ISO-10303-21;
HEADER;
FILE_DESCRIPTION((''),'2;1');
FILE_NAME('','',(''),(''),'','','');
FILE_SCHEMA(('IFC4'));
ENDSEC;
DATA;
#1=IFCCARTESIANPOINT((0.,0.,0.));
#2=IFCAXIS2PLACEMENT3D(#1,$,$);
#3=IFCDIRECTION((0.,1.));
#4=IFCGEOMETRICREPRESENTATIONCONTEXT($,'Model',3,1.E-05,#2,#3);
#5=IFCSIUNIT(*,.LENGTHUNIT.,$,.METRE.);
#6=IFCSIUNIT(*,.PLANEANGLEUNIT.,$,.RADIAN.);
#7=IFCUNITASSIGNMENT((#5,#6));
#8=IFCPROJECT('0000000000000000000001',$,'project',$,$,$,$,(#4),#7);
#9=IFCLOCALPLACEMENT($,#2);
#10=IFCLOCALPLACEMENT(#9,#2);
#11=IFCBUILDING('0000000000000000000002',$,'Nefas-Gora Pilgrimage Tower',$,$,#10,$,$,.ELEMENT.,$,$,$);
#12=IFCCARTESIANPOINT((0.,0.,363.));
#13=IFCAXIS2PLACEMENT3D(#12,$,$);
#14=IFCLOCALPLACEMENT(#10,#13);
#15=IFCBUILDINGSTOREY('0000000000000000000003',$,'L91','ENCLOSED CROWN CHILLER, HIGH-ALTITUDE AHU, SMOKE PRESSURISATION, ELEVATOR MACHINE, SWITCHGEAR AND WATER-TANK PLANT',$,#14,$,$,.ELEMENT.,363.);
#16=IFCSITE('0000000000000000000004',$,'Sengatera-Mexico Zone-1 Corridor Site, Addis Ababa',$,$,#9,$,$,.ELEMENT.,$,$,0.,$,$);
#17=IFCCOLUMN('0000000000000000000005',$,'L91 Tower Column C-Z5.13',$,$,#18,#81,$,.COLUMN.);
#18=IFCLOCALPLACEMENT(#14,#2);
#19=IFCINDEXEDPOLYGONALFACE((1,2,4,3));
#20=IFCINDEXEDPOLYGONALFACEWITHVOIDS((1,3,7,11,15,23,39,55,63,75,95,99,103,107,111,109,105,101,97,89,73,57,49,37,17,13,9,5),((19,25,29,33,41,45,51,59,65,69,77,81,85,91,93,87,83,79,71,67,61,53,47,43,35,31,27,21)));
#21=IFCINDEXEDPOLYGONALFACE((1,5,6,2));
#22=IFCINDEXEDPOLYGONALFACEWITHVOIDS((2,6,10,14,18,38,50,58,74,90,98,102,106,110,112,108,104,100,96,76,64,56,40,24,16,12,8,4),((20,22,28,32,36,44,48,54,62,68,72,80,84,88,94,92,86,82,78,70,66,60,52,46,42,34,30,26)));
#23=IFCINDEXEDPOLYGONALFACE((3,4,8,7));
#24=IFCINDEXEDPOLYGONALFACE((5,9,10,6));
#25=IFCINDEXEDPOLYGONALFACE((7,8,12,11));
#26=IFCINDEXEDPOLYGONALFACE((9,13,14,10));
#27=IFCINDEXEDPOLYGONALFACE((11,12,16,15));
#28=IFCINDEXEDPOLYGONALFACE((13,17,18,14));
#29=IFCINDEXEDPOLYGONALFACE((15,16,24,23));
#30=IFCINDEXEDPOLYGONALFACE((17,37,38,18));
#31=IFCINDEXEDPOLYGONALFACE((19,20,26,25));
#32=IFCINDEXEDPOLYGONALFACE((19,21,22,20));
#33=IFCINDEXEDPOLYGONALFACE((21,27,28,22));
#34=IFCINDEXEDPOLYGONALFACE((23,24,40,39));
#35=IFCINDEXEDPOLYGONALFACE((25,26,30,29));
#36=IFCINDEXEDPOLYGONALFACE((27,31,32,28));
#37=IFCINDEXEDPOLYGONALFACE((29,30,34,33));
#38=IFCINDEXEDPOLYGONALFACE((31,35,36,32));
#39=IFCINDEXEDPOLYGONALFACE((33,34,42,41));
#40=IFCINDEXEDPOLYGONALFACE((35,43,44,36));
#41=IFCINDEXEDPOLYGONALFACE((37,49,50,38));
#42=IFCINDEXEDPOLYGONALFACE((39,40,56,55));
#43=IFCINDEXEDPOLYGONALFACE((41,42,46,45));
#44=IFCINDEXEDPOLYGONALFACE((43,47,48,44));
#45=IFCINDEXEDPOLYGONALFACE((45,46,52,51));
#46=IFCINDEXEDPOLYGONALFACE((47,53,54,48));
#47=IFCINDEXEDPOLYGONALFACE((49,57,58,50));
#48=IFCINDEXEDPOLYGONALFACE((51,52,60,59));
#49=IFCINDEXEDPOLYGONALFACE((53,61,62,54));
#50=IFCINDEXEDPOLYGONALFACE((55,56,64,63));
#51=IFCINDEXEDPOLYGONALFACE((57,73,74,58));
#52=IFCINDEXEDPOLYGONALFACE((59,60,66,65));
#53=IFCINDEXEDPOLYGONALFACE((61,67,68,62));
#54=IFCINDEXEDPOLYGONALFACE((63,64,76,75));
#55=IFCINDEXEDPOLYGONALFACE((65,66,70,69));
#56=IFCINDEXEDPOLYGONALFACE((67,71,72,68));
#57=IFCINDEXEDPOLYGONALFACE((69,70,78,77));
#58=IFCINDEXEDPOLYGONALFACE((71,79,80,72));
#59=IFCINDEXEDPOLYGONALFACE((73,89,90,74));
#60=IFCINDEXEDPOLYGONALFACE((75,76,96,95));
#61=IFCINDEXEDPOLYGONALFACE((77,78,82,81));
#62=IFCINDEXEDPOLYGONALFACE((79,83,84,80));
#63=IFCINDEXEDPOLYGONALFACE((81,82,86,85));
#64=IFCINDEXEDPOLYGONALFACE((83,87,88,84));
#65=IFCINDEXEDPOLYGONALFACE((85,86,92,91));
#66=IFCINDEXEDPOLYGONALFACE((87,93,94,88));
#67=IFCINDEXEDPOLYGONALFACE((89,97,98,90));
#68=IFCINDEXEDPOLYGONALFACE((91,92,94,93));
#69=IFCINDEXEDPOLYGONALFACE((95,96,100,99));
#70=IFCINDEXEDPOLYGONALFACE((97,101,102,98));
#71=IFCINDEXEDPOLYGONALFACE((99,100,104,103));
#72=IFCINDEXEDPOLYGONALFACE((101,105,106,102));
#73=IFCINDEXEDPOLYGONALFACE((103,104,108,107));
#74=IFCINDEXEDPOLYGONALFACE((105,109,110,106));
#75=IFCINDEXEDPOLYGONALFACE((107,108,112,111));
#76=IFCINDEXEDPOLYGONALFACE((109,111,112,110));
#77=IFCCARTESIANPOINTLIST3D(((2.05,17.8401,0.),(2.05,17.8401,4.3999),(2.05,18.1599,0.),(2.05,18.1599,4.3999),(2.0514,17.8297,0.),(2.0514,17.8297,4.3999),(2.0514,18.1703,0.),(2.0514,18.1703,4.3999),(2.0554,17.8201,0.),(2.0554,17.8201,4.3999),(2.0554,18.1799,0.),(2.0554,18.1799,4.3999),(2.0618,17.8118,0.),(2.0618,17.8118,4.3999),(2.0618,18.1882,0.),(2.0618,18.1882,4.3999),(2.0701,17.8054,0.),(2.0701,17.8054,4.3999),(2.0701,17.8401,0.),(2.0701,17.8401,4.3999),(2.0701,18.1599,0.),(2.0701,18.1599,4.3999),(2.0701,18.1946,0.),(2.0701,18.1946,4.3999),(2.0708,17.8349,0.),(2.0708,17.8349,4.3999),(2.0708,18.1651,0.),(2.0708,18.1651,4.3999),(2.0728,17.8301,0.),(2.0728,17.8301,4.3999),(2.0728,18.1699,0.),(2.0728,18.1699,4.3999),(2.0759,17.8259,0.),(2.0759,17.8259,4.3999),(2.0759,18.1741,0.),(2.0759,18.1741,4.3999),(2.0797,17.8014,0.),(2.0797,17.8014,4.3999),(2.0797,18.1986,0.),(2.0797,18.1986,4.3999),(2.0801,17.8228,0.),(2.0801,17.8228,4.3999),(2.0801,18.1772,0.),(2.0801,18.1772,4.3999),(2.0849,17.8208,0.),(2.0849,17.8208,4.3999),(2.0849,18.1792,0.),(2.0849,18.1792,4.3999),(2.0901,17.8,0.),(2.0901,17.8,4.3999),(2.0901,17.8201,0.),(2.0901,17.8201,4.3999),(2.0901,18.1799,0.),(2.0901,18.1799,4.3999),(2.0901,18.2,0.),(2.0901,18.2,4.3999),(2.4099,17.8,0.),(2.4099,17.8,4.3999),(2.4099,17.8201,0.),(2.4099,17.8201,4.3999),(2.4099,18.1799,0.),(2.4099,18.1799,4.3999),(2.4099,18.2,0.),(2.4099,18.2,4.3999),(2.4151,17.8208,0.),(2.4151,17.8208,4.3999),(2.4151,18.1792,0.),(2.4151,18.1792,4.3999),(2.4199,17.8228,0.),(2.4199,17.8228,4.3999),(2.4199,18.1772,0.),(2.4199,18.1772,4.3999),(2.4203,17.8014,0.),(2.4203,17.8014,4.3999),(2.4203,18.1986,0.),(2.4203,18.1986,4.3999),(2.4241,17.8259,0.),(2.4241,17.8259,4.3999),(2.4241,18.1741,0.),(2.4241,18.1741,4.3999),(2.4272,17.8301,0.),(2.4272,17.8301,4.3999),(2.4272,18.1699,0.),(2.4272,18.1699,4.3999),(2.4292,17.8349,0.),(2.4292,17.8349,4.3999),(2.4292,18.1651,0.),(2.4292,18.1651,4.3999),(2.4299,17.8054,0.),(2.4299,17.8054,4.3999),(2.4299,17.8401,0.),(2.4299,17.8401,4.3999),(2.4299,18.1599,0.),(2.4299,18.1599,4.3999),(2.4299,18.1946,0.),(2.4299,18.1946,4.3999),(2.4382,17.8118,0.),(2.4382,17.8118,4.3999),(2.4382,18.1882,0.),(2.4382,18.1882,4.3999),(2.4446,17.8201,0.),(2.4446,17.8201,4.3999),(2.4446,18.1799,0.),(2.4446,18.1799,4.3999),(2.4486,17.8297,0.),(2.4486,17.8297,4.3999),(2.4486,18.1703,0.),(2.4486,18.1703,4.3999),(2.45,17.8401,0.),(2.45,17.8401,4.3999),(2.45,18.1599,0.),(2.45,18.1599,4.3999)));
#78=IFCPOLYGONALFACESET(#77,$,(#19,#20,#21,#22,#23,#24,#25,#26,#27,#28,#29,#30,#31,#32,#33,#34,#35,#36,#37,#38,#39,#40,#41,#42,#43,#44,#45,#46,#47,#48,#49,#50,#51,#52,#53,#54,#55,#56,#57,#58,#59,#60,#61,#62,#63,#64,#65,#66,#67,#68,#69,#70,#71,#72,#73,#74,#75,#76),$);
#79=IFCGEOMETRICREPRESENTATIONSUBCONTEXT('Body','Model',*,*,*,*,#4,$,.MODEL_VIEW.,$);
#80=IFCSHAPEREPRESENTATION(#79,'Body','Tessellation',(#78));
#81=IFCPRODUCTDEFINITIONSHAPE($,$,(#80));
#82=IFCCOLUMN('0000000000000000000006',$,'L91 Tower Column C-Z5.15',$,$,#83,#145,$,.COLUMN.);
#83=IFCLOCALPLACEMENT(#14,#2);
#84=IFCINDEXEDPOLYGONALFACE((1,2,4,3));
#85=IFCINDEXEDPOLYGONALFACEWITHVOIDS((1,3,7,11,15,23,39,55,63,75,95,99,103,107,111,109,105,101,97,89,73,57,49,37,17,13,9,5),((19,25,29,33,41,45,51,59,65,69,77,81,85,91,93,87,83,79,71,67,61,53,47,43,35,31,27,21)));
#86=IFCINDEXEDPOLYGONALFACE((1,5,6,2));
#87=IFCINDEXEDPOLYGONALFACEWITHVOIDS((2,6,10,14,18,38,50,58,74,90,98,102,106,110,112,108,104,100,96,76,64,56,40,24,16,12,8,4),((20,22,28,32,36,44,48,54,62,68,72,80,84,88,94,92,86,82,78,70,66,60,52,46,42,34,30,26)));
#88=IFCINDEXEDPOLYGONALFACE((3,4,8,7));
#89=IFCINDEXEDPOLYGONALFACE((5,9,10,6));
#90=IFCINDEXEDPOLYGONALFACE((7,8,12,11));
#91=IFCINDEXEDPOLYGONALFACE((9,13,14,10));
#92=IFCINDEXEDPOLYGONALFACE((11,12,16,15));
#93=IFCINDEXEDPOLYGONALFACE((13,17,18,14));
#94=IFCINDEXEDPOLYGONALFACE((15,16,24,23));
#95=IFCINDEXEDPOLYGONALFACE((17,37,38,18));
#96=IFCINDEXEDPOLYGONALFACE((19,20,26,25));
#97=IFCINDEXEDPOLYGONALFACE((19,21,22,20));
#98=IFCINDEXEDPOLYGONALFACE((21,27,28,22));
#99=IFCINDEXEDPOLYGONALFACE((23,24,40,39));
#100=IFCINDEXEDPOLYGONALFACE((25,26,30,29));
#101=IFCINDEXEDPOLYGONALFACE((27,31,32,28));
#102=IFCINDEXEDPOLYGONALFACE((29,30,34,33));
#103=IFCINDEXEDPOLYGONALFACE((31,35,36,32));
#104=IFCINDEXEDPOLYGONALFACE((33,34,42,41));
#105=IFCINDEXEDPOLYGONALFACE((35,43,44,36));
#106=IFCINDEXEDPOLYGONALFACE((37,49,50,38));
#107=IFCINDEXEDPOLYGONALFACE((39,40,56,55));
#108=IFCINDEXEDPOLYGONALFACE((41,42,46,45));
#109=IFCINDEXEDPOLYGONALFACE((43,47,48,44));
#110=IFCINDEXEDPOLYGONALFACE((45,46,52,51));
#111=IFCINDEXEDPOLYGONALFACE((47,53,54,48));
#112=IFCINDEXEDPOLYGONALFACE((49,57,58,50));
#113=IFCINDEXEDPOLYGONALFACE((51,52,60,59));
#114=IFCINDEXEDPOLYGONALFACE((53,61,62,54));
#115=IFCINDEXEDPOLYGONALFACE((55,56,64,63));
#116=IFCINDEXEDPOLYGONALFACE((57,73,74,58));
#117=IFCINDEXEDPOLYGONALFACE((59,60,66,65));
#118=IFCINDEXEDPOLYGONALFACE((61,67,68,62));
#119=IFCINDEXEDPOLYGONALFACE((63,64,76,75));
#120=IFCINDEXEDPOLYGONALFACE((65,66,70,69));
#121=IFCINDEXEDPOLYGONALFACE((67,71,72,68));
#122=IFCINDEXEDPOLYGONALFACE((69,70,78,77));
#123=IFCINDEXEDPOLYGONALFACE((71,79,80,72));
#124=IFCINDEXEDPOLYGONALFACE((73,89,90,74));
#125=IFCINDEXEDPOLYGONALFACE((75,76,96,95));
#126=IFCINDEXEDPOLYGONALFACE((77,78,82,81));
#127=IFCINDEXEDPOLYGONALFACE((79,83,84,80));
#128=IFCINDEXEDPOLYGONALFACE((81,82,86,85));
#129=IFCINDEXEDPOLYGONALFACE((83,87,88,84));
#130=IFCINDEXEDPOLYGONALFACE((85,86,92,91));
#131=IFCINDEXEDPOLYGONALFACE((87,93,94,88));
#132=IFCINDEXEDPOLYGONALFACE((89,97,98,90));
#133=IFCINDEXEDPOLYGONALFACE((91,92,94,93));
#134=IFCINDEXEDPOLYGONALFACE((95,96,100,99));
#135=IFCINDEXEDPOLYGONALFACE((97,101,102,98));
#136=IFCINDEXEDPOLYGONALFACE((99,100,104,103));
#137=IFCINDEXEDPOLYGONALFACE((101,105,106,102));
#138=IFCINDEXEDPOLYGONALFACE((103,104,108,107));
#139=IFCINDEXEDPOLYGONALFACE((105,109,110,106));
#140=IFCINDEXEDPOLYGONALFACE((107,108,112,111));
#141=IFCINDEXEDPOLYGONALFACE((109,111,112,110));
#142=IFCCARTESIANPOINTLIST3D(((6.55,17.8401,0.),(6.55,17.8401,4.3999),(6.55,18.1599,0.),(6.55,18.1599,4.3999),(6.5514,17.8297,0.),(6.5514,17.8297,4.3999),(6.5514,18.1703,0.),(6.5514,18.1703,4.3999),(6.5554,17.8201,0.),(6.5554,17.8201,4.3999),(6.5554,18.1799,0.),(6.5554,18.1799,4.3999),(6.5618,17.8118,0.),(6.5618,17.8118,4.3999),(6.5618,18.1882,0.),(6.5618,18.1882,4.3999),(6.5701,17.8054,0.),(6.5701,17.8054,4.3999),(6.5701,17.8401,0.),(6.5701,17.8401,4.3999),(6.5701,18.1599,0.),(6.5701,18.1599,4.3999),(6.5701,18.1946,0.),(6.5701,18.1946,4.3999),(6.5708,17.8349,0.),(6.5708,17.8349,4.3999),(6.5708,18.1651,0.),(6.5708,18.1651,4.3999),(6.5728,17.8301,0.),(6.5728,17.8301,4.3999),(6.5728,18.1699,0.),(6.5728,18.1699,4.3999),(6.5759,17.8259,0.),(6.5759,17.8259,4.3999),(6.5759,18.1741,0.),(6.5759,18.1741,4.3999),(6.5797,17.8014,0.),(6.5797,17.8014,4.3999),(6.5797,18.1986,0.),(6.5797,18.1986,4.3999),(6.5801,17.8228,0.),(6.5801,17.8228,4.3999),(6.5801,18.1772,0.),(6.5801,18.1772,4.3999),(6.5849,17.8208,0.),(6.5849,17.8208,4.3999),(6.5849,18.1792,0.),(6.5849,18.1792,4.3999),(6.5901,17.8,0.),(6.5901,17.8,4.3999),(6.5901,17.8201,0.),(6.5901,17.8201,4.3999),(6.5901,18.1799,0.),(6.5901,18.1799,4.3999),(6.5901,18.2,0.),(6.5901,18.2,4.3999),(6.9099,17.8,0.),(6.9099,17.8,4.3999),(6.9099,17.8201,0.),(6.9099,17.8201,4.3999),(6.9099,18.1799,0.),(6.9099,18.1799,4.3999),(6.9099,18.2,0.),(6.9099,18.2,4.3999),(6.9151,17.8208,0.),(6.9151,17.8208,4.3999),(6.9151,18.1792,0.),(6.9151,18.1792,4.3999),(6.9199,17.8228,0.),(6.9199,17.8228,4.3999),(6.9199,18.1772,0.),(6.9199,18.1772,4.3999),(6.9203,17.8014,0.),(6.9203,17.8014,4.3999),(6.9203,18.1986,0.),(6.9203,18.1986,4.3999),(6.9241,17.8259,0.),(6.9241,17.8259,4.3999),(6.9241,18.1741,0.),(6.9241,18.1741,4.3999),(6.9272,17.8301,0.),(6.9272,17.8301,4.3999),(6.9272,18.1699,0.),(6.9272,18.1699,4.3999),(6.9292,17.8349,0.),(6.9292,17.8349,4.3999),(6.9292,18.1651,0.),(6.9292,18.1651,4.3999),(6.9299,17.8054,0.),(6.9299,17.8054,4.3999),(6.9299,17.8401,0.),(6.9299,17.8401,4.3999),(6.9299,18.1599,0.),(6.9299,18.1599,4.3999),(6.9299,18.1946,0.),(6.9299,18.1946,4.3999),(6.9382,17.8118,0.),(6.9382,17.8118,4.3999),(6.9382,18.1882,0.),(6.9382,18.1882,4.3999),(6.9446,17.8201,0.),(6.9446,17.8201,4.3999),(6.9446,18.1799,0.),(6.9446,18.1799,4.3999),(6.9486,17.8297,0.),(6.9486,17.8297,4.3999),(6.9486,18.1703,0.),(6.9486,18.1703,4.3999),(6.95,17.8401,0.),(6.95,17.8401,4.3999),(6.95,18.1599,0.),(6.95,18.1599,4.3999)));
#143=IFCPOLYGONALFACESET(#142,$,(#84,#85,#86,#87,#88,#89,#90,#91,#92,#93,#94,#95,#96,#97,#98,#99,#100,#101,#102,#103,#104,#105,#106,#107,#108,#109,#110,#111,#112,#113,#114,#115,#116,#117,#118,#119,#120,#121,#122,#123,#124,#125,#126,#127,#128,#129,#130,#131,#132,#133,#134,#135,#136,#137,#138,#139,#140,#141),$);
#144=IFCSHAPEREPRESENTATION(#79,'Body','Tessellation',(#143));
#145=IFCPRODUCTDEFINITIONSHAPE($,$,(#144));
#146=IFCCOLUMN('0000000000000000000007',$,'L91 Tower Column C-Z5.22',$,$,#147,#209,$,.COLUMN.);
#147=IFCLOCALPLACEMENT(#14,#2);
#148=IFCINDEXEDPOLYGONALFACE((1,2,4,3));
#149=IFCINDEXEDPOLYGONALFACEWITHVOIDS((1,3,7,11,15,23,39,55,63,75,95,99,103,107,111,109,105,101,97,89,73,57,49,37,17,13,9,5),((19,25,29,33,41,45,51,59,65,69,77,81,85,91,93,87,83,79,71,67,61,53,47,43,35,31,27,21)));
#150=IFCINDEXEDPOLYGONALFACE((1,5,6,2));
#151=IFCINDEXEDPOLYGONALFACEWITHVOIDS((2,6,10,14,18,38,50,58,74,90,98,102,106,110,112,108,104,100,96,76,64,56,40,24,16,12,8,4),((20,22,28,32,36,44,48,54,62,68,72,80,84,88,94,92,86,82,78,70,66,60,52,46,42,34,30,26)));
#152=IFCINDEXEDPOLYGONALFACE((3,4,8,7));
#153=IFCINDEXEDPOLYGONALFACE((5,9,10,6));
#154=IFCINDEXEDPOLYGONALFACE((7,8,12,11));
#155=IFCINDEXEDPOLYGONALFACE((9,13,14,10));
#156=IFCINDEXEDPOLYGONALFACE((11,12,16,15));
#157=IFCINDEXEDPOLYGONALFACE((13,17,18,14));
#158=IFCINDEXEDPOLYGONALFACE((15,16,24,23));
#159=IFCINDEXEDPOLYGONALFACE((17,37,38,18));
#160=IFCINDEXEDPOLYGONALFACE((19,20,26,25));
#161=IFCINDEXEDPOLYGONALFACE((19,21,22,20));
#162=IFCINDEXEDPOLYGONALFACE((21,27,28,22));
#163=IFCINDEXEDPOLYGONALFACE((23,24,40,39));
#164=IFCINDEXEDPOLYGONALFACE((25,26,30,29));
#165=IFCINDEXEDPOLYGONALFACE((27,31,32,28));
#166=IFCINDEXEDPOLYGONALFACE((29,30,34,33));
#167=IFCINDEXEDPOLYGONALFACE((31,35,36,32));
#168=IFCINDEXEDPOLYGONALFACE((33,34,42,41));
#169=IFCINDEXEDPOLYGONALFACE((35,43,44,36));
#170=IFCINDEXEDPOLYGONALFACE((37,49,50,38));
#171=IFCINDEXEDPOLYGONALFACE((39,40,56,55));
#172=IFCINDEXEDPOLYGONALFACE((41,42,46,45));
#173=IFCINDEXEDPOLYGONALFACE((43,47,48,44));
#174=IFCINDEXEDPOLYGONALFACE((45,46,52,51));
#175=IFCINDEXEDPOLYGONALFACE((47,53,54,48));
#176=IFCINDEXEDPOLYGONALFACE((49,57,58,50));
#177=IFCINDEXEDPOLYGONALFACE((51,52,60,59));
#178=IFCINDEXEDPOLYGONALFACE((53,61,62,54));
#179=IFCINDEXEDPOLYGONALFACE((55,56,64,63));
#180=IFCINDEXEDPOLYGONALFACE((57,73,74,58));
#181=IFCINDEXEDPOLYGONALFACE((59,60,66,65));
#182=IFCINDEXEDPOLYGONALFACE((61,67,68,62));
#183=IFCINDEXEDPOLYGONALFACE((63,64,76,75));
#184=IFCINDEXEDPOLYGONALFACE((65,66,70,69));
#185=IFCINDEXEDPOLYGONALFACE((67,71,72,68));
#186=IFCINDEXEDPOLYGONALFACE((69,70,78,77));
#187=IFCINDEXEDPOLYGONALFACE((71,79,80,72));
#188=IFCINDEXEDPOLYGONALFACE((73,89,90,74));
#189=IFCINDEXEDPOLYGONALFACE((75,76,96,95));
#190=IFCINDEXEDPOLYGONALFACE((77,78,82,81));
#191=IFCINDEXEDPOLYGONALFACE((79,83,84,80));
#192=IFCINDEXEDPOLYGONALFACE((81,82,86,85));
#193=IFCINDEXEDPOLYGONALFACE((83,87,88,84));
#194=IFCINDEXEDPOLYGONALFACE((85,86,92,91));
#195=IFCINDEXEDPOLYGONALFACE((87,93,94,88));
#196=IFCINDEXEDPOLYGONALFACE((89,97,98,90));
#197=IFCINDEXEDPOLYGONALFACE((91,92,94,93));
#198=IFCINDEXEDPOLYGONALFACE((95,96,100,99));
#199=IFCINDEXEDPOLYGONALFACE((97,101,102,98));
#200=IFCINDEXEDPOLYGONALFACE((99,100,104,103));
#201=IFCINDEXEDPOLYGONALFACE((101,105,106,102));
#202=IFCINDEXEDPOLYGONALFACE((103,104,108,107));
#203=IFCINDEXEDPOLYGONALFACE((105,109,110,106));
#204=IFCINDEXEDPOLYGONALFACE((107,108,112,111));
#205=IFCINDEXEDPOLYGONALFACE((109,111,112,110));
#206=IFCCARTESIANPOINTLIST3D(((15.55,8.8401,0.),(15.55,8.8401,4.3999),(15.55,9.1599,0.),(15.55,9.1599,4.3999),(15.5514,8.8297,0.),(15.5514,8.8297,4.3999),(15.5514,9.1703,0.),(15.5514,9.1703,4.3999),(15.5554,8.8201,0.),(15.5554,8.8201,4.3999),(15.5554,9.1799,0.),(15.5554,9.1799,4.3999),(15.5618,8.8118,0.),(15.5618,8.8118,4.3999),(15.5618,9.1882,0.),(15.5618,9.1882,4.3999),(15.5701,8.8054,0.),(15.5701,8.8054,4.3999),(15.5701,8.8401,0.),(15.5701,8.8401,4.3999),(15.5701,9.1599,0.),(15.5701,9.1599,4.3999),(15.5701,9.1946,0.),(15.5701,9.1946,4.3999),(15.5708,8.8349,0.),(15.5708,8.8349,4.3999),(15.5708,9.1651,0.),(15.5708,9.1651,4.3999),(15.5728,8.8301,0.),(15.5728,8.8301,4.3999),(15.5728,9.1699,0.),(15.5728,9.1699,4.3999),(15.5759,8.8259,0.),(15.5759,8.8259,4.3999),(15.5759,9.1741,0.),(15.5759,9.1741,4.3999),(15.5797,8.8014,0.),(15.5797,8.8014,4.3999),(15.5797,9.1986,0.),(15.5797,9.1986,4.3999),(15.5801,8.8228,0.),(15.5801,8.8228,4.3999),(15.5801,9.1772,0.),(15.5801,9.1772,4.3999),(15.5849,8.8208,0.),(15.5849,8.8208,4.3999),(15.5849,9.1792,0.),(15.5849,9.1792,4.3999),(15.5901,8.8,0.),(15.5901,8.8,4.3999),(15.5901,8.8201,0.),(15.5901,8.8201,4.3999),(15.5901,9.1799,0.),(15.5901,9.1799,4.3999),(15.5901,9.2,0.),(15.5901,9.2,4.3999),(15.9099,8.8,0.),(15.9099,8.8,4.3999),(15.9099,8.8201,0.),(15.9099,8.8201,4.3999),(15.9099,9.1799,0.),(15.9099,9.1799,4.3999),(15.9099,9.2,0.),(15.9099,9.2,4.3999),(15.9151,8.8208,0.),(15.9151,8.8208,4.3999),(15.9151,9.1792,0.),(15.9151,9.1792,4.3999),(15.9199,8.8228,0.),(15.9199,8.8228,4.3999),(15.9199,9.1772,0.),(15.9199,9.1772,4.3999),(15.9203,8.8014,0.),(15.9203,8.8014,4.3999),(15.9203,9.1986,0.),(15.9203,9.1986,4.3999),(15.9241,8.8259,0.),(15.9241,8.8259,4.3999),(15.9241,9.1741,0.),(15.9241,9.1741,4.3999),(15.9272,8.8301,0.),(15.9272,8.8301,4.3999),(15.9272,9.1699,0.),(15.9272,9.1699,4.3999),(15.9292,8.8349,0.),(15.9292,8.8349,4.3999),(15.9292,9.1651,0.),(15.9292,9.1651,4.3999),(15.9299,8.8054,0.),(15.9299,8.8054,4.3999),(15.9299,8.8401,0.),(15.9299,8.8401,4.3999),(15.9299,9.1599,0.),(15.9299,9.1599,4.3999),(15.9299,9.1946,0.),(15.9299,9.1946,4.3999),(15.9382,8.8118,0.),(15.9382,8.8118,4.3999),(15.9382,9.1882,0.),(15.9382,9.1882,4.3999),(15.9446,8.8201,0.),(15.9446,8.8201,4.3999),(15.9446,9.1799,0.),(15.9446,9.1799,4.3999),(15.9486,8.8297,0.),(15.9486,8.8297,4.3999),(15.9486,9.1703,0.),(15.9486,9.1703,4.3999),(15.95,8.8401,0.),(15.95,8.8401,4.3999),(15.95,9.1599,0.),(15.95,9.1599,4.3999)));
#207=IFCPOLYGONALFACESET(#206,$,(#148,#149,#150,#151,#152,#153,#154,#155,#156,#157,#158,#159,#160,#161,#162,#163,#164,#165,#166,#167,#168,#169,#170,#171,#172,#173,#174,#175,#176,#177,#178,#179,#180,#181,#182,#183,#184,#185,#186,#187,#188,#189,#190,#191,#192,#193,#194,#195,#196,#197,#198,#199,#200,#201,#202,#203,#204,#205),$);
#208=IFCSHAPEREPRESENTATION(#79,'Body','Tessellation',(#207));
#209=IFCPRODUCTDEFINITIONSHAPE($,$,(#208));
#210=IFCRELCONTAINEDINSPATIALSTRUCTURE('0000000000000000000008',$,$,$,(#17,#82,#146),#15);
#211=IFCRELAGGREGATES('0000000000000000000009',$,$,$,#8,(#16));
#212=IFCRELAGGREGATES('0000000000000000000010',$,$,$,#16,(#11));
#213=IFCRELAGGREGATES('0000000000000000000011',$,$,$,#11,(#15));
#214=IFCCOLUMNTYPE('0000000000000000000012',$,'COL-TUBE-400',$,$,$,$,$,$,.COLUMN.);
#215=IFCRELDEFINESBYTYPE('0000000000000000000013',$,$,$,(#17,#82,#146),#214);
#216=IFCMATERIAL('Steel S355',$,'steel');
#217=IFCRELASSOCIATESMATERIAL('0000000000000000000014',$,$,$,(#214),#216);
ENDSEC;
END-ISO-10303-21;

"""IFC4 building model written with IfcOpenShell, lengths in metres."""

from ifc_helpers import new_model, si_unit, direction, frame, origin, origin_2d, place, context, subcontext, project, spatial, hollow_rectangle, extrude, source, transform, mapped, material, material_profile, profile_set, type_object, element, save


model = new_model("IFC4")

# Units and contexts
model_context = context("Model", 3, precision=1e-05, world=origin(), true_north=direction((0.0, 1.0)))
body_context = subcontext(model_context, "Body", "Model", "MODEL_VIEW")
ifc_project = project(units=[si_unit("LENGTHUNIT", "METRE"), si_unit("PLANEANGLEUNIT", "RADIAN")], contexts=[model_context])

# Site, building, storey
site_placement = place(None, origin())
site = spatial("IfcSite", under=ifc_project, at=site_placement, Name="Sengatera-Mexico Zone-1 Corridor Site, Addis Ababa", CompositionType="ELEMENT", RefElevation=0.0)
building_placement = place(site_placement, origin())
building = spatial("IfcBuilding", under=site, at=building_placement, Name="Nefas-Gora Pilgrimage Tower", CompositionType="ELEMENT")
storey_placement = place(building_placement, frame((0.0, 0.0, 363.0)))
storey = spatial("IfcBuildingStorey", under=building, at=storey_placement, Name="L91", Description="ENCLOSED CROWN CHILLER, HIGH-ALTITUDE AHU, SMOKE PRESSURISATION, ELEVATOR MACHINE, SWITCHGEAR AND WATER-TANK PLANT", CompositionType="ELEMENT", Elevation=363.0)

# Columns
ifc_material_1 = material(Name="Steel S355", Category="steel")
ifc_material_profile_1 = material_profile(ifc_material_1, hollow_rectangle(XDim=0.3999, YDim=0.3999, WallThickness=0.02, InnerFilletRadius=0.02, OuterFilletRadius=0.04, at=origin_2d()), Name="SHS 400x400x20")
ifc_profile_set_1 = profile_set([ifc_material_profile_1], Name="Steel S355")
column_type = type_object("IfcColumnType", Name="COL-TUBE-400", PredefinedType="COLUMN", material=ifc_profile_set_1)
shared_shape_1 = source(origin(), body_context, "Body", "SweptSolid", [
    extrude(hollow_rectangle(XDim=0.3999, YDim=0.3999, WallThickness=0.02, InnerFilletRadius=0.02, OuterFilletRadius=0.04, at=origin_2d()), origin(), (0.0, 0.0, 1.0), 4.3999),
])
for number, where, z_axis, x_axis, name in (
    (1, (2.25, 18.0, 0.0), (0.0, 0.0, 1.0), (1.0, 0.0, 0.0), "L91 Tower Column C-Z5.13"),
    (2, (6.75, 18.0, 0.0), (0.0, 0.0, 1.0), (1.0, 0.0, 0.0), "L91 Tower Column C-Z5.15"),
    (3, (15.75, 9.0, 0.0), (0.0, 0.0, 1.0), (1.0, 0.0, 0.0), "L91 Tower Column C-Z5.22"),
):
    element("IfcColumn", number, at=place(storey_placement, frame(where, z_axis=z_axis, x_axis=x_axis)), inside=storey, type_object=column_type, Name=name, PredefinedType="COLUMN", context=body_context, shape_type="MappedRepresentation", body=[
        mapped(shared_shape_1, transform((0.0, 0.0, 0.0), x_axis=(1.0, 0.0, 0.0), y_axis=(0.0, 1.0, 0.0), z_axis=(0.0, 0.0, 1.0), scale=1.0)),
    ])

save(model, "model.ifc")
